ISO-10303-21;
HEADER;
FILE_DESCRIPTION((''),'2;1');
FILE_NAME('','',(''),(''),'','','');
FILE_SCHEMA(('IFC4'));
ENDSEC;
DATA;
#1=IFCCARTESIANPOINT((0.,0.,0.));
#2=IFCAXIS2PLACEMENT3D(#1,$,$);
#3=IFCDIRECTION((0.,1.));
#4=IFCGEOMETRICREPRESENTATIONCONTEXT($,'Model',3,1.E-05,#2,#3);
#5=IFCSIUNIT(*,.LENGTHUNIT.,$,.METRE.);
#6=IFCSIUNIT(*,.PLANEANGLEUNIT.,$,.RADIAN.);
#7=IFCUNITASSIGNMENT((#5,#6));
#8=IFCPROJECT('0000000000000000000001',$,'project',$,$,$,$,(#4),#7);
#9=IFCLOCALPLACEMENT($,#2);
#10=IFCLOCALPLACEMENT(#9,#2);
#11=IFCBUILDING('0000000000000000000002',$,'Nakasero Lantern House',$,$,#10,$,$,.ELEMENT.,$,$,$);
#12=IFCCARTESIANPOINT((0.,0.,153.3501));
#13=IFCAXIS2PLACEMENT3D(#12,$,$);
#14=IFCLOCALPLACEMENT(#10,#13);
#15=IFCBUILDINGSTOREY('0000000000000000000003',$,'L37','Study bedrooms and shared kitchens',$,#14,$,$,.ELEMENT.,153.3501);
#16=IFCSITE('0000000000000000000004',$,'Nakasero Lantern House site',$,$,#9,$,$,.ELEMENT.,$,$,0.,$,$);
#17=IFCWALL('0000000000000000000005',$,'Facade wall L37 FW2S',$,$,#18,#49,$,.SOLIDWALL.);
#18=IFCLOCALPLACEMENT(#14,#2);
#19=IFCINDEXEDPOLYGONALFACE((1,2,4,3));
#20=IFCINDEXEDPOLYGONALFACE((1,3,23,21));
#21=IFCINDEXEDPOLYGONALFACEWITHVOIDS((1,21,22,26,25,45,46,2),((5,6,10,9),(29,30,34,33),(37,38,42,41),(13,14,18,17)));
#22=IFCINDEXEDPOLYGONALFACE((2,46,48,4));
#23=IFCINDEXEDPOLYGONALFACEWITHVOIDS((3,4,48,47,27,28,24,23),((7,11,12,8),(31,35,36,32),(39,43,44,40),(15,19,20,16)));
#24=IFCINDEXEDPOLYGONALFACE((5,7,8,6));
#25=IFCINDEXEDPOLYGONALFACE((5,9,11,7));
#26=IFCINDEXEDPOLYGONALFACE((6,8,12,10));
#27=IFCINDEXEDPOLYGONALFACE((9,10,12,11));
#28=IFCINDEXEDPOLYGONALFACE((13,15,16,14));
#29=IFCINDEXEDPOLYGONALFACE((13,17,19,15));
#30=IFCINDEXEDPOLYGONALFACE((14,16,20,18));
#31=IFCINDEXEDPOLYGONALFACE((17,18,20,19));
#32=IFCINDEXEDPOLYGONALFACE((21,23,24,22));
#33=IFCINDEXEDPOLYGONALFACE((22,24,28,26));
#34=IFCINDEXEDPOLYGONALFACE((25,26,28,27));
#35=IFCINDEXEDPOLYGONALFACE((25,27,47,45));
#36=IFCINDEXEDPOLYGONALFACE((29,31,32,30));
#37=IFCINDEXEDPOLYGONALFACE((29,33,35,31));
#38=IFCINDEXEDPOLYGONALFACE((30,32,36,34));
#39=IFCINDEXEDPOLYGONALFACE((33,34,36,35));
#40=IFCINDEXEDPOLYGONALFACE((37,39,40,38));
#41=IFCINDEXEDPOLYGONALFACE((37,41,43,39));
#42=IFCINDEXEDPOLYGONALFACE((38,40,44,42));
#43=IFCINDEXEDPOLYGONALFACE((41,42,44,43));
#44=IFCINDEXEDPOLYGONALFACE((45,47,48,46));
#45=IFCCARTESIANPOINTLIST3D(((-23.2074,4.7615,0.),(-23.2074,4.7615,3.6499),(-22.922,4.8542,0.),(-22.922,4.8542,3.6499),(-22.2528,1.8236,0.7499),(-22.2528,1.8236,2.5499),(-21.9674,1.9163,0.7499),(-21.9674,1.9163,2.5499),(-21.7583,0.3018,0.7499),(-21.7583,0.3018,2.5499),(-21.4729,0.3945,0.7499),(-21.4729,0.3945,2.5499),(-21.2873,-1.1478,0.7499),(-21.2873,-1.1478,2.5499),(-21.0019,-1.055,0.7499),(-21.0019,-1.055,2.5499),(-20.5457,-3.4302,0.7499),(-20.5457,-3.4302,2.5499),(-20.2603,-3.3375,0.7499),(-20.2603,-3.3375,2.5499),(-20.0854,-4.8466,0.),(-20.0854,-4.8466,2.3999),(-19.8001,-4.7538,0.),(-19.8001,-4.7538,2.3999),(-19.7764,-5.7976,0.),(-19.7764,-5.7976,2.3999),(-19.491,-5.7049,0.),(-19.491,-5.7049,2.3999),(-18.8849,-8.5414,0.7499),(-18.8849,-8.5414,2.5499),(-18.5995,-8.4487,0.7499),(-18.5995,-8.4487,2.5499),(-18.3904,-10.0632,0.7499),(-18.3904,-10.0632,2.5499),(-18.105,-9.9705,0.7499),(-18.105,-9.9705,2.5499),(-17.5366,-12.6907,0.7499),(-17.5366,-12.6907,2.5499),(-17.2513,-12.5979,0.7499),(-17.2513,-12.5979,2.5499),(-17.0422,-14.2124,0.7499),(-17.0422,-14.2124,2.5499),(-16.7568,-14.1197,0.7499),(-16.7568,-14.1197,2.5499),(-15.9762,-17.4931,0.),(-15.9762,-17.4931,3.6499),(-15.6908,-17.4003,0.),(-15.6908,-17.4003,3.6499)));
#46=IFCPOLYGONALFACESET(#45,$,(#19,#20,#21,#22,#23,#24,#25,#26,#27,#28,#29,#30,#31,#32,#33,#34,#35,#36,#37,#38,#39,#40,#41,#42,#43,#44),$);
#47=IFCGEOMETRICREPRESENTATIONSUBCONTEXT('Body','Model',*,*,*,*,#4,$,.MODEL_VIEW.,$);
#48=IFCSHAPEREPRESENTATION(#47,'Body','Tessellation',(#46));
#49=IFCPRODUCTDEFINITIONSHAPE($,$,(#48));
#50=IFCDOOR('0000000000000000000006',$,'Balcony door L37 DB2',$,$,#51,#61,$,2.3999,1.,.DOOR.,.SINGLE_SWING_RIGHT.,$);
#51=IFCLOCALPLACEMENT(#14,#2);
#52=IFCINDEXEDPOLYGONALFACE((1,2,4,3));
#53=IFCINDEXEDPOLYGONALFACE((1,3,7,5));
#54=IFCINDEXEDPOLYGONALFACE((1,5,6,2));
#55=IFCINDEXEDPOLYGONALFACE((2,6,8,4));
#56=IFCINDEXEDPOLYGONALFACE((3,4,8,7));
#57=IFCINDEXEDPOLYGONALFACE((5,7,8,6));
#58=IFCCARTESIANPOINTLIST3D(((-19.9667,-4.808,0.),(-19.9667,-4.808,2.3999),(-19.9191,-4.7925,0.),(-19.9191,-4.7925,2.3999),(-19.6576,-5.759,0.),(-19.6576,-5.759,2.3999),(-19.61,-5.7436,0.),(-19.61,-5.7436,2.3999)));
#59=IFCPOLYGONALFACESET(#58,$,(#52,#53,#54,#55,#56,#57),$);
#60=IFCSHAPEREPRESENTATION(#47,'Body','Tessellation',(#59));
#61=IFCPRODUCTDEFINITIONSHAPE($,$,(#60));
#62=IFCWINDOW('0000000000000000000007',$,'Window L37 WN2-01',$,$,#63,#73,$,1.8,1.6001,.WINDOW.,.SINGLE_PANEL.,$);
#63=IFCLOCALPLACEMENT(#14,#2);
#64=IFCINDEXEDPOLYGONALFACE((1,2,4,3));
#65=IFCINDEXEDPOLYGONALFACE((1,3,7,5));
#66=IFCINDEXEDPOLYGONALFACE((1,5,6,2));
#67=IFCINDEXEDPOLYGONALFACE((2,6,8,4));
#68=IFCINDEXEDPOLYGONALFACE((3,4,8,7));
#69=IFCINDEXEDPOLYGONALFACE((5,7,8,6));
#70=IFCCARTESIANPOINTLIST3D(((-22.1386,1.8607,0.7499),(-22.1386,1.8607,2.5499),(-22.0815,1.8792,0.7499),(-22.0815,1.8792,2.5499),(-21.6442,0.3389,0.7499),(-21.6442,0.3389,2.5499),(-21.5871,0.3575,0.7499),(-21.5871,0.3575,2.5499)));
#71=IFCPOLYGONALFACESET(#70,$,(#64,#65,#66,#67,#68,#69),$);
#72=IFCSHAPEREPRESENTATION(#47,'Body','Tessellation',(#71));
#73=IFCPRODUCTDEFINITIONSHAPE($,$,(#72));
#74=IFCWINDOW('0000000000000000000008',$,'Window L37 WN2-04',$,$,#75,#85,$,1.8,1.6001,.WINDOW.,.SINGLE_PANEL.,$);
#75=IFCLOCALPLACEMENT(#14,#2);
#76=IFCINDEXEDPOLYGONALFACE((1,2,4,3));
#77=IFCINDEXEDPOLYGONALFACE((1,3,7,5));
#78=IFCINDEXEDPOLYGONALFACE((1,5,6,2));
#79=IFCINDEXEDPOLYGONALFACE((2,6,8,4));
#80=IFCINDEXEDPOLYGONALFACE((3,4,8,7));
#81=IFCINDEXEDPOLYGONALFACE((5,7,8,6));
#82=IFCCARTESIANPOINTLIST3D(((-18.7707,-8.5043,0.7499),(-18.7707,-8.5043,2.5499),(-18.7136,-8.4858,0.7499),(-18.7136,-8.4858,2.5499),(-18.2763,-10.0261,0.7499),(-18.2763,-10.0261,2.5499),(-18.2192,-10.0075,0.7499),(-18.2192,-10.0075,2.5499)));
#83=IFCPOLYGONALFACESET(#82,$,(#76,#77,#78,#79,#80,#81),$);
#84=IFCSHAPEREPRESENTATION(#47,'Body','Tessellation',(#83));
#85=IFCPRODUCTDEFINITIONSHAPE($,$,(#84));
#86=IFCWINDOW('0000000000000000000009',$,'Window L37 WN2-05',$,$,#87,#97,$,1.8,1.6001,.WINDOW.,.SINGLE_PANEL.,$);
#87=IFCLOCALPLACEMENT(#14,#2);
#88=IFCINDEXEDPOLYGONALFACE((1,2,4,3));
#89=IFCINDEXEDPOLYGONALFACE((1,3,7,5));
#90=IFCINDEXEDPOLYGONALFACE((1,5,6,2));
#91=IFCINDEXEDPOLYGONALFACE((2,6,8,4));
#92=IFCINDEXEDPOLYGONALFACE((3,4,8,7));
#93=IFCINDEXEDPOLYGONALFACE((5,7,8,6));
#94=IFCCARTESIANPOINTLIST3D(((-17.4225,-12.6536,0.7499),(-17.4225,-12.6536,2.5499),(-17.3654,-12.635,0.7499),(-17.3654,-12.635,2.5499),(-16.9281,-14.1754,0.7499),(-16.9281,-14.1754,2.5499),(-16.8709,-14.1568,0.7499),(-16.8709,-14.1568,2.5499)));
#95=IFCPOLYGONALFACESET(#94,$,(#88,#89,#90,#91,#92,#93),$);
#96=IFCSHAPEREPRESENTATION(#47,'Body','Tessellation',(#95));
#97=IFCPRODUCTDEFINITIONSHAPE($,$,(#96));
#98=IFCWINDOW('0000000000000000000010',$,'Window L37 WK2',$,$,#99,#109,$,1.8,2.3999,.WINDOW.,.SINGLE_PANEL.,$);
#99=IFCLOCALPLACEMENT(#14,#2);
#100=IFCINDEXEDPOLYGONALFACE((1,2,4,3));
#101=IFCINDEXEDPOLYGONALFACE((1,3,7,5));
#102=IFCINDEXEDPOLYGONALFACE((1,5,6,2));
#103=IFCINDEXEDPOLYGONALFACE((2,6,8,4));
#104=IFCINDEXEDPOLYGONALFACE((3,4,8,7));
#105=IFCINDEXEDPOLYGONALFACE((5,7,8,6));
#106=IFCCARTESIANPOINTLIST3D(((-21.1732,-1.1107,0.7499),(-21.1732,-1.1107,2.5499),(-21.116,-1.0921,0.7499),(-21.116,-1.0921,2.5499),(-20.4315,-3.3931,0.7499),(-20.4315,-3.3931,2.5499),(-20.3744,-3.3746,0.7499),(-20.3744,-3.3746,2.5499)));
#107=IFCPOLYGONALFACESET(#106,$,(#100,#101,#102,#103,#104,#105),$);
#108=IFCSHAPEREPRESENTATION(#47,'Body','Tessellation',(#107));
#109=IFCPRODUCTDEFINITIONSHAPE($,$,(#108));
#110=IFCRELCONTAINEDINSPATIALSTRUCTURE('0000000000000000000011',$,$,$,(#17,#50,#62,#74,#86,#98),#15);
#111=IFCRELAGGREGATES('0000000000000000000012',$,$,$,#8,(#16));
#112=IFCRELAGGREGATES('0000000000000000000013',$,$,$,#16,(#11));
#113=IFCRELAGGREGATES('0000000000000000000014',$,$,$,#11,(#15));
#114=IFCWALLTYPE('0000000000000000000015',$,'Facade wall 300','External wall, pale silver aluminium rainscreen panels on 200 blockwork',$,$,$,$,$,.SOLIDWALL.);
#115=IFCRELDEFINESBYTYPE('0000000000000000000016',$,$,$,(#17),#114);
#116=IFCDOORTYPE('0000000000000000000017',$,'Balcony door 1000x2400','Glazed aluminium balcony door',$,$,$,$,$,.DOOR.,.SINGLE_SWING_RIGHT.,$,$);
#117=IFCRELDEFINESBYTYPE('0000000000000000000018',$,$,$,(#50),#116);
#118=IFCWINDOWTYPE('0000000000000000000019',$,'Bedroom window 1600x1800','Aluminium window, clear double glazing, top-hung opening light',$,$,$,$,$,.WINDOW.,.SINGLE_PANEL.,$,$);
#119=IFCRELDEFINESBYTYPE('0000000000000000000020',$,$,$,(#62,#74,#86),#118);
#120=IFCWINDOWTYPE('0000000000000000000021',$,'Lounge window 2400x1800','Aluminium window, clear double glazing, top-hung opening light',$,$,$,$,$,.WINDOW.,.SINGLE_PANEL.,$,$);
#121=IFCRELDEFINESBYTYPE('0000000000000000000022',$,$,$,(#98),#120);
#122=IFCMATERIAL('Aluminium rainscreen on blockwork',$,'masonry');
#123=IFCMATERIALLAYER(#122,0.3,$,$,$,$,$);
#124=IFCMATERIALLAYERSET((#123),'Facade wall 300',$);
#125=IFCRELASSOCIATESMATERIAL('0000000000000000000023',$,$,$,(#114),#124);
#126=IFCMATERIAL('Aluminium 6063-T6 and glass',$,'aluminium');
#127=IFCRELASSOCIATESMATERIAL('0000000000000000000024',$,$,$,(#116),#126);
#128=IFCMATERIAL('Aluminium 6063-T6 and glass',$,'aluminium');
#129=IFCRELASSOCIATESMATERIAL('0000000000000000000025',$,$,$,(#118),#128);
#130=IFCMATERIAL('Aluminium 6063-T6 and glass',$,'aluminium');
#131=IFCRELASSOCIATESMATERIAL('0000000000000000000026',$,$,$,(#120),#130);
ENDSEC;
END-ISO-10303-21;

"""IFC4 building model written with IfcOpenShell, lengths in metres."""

from ifc_helpers import new_model, si_unit, direction, frame, frame_2d, origin, place, context, subcontext, project, spatial, rectangle, extrude, material, layer, layer_set, type_object, element, fill, save


model = new_model("IFC4")

# Units and contexts
model_context = context("Model", 3, precision=1e-05, world=origin(), true_north=direction((0.0, 1.0)))
body_context = subcontext(model_context, "Body", "Model", "MODEL_VIEW")
ifc_project = project(units=[si_unit("LENGTHUNIT", "METRE"), si_unit("PLANEANGLEUNIT", "RADIAN")], contexts=[model_context])

# Site, building, storey
site_placement = place(None, origin())
site = spatial("IfcSite", under=ifc_project, at=site_placement, Name="Nakasero Lantern House site", CompositionType="ELEMENT", RefElevation=0.0)
building_placement = place(site_placement, origin())
building = spatial("IfcBuilding", under=site, at=building_placement, Name="Nakasero Lantern House", CompositionType="ELEMENT")
storey_placement = place(building_placement, frame((0.0, 0.0, 153.3501)))
storey = spatial("IfcBuildingStorey", under=building, at=storey_placement, Name="L37", Description="Study bedrooms and shared kitchens", CompositionType="ELEMENT", Elevation=153.3501)

# Wall, openings, door, windows
ifc_material_1 = material(Name="Aluminium rainscreen on blockwork", Category="masonry")
ifc_layer_1 = layer(ifc_material_1, 0.3)
ifc_layer_set_1 = layer_set([ifc_layer_1], Name="Facade wall 300")
wall_type_1 = type_object("IfcWallType", Name="Facade wall 300", Description="External wall, pale silver aluminium rainscreen panels on 200 blockwork", PredefinedType="SOLIDWALL", material=ifc_layer_set_1)
wall_1_placement = place(storey_placement, frame((-23.0647, 4.8079, 0.0), z_axis=(0.0, 0.0, 1.0), x_axis=(0.309026, -0.951054, 0.0)))
wall_1 = element("IfcWall", 1, at=wall_1_placement, inside=storey, type_object=wall_type_1, Name="Facade wall L37 FW2S", PredefinedType="SOLIDWALL", context=body_context, shape_type="SweptSolid", body=[
    extrude(rectangle(XDim=23.3999, YDim=0.3, at=frame_2d((11.7, 0.0))), origin(), (0.0, 0.0, 1.0), 3.6499),
])
opening_1_placement = place(wall_1_placement, frame((3.0891, 0.0, 0.75)))
opening_1 = element("IfcOpeningElement", 2, at=opening_1_placement, cuts=wall_1, PredefinedType="OPENING", context=body_context, shape_type="SweptSolid", body=[
    extrude(rectangle(XDim=1.6001, YDim=1.8, at=frame_2d((0.8, 0.8999))), frame((0.0, 0.1699, 0.0), z_axis=(0.0, -1.0, 0.0), x_axis=(1.0, 0.0, 0.0)), (0.0, 0.0, 1.0), 0.3401),
])
opening_2_placement = place(wall_1_placement, frame((13.9875, 0.0, 0.75)))
opening_2 = element("IfcOpeningElement", 3, at=opening_2_placement, cuts=wall_1, PredefinedType="OPENING", context=body_context, shape_type="SweptSolid", body=[
    extrude(rectangle(XDim=1.6001, YDim=1.8, at=frame_2d((0.8, 0.8999))), frame((0.0, 0.1699, 0.0), z_axis=(0.0, -1.0, 0.0), x_axis=(1.0, 0.0, 0.0)), (0.0, 0.0, 1.0), 0.3401),
])
opening_3_placement = place(wall_1_placement, frame((18.3503, 0.0, 0.75)))
opening_3 = element("IfcOpeningElement", 4, at=opening_3_placement, cuts=wall_1, PredefinedType="OPENING", context=body_context, shape_type="SweptSolid", body=[
    extrude(rectangle(XDim=1.6001, YDim=1.8, at=frame_2d((0.8, 0.8999))), frame((0.0, 0.1699, 0.0), z_axis=(0.0, -1.0, 0.0), x_axis=(1.0, 0.0, 0.0)), (0.0, 0.0, 1.0), 0.3401),
])
opening_4_placement = place(wall_1_placement, frame((6.2134, 0.0, 0.75)))
opening_4 = element("IfcOpeningElement", 5, at=opening_4_placement, cuts=wall_1, PredefinedType="OPENING", context=body_context, shape_type="SweptSolid", body=[
    extrude(rectangle(XDim=2.3999, YDim=1.8, at=frame_2d((1.2, 0.8999))), frame((0.0, 0.1699, 0.0), z_axis=(0.0, -1.0, 0.0), x_axis=(1.0, 0.0, 0.0)), (0.0, 0.0, 1.0), 0.3401),
])
opening_5_placement = place(wall_1_placement, frame((10.1025, 0.0, 0.0)))
opening_5 = element("IfcOpeningElement", 6, at=opening_5_placement, cuts=wall_1, PredefinedType="OPENING", context=body_context, shape_type="SweptSolid", body=[
    extrude(rectangle(XDim=1.0, YDim=2.3999, at=frame_2d((0.5, 1.2))), frame((0.0, 0.1699, 0.0), z_axis=(0.0, -1.0, 0.0), x_axis=(1.0, 0.0, 0.0)), (0.0, 0.0, 1.0), 0.3401),
])
ifc_material_2 = material(Name="Aluminium 6063-T6 and glass", Category="aluminium")
door_type_1 = type_object("IfcDoorType", Name="Balcony door 1000x2400", Description="Glazed aluminium balcony door", OperationType="SINGLE_SWING_RIGHT", PredefinedType="DOOR", material=ifc_material_2)
door_1_placement = place(opening_5_placement, origin())
door_1 = element("IfcDoor", 7, at=door_1_placement, inside=storey, type_object=door_type_1, Name="Balcony door L37 DB2", OperationType="SINGLE_SWING_RIGHT", OverallHeight=2.3999, OverallWidth=1.0, PredefinedType="DOOR", context=body_context, shape_type="SweptSolid", body=[
    extrude(rectangle(XDim=1.0, YDim=2.3999, at=frame_2d((0.5, 1.2))), frame((0.0, 0.0249, 0.0), z_axis=(0.0, -1.0, 0.0), x_axis=(1.0, 0.0, 0.0)), (0.0, 0.0, 1.0), 0.05),
])
fill(opening_5, door_1)
ifc_material_3 = material(Name="Aluminium 6063-T6 and glass", Category="aluminium")
window_type_1 = type_object("IfcWindowType", Name="Bedroom window 1600x1800", Description="Aluminium window, clear double glazing, top-hung opening light", PartitioningType="SINGLE_PANEL", PredefinedType="WINDOW", material=ifc_material_3)
window_1_placement = place(opening_1_placement, origin())
window_1 = element("IfcWindow", 8, at=window_1_placement, inside=storey, type_object=window_type_1, Name="Window L37 WN2-01", OverallHeight=1.8, OverallWidth=1.6001, PartitioningType="SINGLE_PANEL", PredefinedType="WINDOW", context=body_context, shape_type="SweptSolid", body=[
    extrude(rectangle(XDim=1.6001, YDim=1.8, at=frame_2d((0.8, 0.8999))), frame((0.0, 0.03, 0.0), z_axis=(0.0, -1.0, 0.0), x_axis=(1.0, 0.0, 0.0)), (0.0, 0.0, 1.0), 0.0601),
])
fill(opening_1, window_1)
window_2_placement = place(opening_2_placement, origin())
window_2 = element("IfcWindow", 9, at=window_2_placement, inside=storey, type_object=window_type_1, Name="Window L37 WN2-04", OverallHeight=1.8, OverallWidth=1.6001, PartitioningType="SINGLE_PANEL", PredefinedType="WINDOW", context=body_context, shape_type="SweptSolid", body=[
    extrude(rectangle(XDim=1.6001, YDim=1.8, at=frame_2d((0.8, 0.8999))), frame((0.0, 0.03, 0.0), z_axis=(0.0, -1.0, 0.0), x_axis=(1.0, 0.0, 0.0)), (0.0, 0.0, 1.0), 0.0601),
])
fill(opening_2, window_2)
window_3_placement = place(opening_3_placement, origin())
window_3 = element("IfcWindow", 10, at=window_3_placement, inside=storey, type_object=window_type_1, Name="Window L37 WN2-05", OverallHeight=1.8, OverallWidth=1.6001, PartitioningType="SINGLE_PANEL", PredefinedType="WINDOW", context=body_context, shape_type="SweptSolid", body=[
    extrude(rectangle(XDim=1.6001, YDim=1.8, at=frame_2d((0.8, 0.8999))), frame((0.0, 0.03, 0.0), z_axis=(0.0, -1.0, 0.0), x_axis=(1.0, 0.0, 0.0)), (0.0, 0.0, 1.0), 0.0601),
])
fill(opening_3, window_3)
ifc_material_4 = material(Name="Aluminium 6063-T6 and glass", Category="aluminium")
window_type_2 = type_object("IfcWindowType", Name="Lounge window 2400x1800", Description="Aluminium window, clear double glazing, top-hung opening light", PartitioningType="SINGLE_PANEL", PredefinedType="WINDOW", material=ifc_material_4)
window_4_placement = place(opening_4_placement, origin())
window_4 = element("IfcWindow", 11, at=window_4_placement, inside=storey, type_object=window_type_2, Name="Window L37 WK2", OverallHeight=1.8, OverallWidth=2.3999, PartitioningType="SINGLE_PANEL", PredefinedType="WINDOW", context=body_context, shape_type="SweptSolid", body=[
    extrude(rectangle(XDim=2.3999, YDim=1.8, at=frame_2d((1.2, 0.8999))), frame((0.0, 0.03, 0.0), z_axis=(0.0, -1.0, 0.0), x_axis=(1.0, 0.0, 0.0)), (0.0, 0.0, 1.0), 0.0601),
])
fill(opening_4, window_4)

save(model, "model.ifc")
